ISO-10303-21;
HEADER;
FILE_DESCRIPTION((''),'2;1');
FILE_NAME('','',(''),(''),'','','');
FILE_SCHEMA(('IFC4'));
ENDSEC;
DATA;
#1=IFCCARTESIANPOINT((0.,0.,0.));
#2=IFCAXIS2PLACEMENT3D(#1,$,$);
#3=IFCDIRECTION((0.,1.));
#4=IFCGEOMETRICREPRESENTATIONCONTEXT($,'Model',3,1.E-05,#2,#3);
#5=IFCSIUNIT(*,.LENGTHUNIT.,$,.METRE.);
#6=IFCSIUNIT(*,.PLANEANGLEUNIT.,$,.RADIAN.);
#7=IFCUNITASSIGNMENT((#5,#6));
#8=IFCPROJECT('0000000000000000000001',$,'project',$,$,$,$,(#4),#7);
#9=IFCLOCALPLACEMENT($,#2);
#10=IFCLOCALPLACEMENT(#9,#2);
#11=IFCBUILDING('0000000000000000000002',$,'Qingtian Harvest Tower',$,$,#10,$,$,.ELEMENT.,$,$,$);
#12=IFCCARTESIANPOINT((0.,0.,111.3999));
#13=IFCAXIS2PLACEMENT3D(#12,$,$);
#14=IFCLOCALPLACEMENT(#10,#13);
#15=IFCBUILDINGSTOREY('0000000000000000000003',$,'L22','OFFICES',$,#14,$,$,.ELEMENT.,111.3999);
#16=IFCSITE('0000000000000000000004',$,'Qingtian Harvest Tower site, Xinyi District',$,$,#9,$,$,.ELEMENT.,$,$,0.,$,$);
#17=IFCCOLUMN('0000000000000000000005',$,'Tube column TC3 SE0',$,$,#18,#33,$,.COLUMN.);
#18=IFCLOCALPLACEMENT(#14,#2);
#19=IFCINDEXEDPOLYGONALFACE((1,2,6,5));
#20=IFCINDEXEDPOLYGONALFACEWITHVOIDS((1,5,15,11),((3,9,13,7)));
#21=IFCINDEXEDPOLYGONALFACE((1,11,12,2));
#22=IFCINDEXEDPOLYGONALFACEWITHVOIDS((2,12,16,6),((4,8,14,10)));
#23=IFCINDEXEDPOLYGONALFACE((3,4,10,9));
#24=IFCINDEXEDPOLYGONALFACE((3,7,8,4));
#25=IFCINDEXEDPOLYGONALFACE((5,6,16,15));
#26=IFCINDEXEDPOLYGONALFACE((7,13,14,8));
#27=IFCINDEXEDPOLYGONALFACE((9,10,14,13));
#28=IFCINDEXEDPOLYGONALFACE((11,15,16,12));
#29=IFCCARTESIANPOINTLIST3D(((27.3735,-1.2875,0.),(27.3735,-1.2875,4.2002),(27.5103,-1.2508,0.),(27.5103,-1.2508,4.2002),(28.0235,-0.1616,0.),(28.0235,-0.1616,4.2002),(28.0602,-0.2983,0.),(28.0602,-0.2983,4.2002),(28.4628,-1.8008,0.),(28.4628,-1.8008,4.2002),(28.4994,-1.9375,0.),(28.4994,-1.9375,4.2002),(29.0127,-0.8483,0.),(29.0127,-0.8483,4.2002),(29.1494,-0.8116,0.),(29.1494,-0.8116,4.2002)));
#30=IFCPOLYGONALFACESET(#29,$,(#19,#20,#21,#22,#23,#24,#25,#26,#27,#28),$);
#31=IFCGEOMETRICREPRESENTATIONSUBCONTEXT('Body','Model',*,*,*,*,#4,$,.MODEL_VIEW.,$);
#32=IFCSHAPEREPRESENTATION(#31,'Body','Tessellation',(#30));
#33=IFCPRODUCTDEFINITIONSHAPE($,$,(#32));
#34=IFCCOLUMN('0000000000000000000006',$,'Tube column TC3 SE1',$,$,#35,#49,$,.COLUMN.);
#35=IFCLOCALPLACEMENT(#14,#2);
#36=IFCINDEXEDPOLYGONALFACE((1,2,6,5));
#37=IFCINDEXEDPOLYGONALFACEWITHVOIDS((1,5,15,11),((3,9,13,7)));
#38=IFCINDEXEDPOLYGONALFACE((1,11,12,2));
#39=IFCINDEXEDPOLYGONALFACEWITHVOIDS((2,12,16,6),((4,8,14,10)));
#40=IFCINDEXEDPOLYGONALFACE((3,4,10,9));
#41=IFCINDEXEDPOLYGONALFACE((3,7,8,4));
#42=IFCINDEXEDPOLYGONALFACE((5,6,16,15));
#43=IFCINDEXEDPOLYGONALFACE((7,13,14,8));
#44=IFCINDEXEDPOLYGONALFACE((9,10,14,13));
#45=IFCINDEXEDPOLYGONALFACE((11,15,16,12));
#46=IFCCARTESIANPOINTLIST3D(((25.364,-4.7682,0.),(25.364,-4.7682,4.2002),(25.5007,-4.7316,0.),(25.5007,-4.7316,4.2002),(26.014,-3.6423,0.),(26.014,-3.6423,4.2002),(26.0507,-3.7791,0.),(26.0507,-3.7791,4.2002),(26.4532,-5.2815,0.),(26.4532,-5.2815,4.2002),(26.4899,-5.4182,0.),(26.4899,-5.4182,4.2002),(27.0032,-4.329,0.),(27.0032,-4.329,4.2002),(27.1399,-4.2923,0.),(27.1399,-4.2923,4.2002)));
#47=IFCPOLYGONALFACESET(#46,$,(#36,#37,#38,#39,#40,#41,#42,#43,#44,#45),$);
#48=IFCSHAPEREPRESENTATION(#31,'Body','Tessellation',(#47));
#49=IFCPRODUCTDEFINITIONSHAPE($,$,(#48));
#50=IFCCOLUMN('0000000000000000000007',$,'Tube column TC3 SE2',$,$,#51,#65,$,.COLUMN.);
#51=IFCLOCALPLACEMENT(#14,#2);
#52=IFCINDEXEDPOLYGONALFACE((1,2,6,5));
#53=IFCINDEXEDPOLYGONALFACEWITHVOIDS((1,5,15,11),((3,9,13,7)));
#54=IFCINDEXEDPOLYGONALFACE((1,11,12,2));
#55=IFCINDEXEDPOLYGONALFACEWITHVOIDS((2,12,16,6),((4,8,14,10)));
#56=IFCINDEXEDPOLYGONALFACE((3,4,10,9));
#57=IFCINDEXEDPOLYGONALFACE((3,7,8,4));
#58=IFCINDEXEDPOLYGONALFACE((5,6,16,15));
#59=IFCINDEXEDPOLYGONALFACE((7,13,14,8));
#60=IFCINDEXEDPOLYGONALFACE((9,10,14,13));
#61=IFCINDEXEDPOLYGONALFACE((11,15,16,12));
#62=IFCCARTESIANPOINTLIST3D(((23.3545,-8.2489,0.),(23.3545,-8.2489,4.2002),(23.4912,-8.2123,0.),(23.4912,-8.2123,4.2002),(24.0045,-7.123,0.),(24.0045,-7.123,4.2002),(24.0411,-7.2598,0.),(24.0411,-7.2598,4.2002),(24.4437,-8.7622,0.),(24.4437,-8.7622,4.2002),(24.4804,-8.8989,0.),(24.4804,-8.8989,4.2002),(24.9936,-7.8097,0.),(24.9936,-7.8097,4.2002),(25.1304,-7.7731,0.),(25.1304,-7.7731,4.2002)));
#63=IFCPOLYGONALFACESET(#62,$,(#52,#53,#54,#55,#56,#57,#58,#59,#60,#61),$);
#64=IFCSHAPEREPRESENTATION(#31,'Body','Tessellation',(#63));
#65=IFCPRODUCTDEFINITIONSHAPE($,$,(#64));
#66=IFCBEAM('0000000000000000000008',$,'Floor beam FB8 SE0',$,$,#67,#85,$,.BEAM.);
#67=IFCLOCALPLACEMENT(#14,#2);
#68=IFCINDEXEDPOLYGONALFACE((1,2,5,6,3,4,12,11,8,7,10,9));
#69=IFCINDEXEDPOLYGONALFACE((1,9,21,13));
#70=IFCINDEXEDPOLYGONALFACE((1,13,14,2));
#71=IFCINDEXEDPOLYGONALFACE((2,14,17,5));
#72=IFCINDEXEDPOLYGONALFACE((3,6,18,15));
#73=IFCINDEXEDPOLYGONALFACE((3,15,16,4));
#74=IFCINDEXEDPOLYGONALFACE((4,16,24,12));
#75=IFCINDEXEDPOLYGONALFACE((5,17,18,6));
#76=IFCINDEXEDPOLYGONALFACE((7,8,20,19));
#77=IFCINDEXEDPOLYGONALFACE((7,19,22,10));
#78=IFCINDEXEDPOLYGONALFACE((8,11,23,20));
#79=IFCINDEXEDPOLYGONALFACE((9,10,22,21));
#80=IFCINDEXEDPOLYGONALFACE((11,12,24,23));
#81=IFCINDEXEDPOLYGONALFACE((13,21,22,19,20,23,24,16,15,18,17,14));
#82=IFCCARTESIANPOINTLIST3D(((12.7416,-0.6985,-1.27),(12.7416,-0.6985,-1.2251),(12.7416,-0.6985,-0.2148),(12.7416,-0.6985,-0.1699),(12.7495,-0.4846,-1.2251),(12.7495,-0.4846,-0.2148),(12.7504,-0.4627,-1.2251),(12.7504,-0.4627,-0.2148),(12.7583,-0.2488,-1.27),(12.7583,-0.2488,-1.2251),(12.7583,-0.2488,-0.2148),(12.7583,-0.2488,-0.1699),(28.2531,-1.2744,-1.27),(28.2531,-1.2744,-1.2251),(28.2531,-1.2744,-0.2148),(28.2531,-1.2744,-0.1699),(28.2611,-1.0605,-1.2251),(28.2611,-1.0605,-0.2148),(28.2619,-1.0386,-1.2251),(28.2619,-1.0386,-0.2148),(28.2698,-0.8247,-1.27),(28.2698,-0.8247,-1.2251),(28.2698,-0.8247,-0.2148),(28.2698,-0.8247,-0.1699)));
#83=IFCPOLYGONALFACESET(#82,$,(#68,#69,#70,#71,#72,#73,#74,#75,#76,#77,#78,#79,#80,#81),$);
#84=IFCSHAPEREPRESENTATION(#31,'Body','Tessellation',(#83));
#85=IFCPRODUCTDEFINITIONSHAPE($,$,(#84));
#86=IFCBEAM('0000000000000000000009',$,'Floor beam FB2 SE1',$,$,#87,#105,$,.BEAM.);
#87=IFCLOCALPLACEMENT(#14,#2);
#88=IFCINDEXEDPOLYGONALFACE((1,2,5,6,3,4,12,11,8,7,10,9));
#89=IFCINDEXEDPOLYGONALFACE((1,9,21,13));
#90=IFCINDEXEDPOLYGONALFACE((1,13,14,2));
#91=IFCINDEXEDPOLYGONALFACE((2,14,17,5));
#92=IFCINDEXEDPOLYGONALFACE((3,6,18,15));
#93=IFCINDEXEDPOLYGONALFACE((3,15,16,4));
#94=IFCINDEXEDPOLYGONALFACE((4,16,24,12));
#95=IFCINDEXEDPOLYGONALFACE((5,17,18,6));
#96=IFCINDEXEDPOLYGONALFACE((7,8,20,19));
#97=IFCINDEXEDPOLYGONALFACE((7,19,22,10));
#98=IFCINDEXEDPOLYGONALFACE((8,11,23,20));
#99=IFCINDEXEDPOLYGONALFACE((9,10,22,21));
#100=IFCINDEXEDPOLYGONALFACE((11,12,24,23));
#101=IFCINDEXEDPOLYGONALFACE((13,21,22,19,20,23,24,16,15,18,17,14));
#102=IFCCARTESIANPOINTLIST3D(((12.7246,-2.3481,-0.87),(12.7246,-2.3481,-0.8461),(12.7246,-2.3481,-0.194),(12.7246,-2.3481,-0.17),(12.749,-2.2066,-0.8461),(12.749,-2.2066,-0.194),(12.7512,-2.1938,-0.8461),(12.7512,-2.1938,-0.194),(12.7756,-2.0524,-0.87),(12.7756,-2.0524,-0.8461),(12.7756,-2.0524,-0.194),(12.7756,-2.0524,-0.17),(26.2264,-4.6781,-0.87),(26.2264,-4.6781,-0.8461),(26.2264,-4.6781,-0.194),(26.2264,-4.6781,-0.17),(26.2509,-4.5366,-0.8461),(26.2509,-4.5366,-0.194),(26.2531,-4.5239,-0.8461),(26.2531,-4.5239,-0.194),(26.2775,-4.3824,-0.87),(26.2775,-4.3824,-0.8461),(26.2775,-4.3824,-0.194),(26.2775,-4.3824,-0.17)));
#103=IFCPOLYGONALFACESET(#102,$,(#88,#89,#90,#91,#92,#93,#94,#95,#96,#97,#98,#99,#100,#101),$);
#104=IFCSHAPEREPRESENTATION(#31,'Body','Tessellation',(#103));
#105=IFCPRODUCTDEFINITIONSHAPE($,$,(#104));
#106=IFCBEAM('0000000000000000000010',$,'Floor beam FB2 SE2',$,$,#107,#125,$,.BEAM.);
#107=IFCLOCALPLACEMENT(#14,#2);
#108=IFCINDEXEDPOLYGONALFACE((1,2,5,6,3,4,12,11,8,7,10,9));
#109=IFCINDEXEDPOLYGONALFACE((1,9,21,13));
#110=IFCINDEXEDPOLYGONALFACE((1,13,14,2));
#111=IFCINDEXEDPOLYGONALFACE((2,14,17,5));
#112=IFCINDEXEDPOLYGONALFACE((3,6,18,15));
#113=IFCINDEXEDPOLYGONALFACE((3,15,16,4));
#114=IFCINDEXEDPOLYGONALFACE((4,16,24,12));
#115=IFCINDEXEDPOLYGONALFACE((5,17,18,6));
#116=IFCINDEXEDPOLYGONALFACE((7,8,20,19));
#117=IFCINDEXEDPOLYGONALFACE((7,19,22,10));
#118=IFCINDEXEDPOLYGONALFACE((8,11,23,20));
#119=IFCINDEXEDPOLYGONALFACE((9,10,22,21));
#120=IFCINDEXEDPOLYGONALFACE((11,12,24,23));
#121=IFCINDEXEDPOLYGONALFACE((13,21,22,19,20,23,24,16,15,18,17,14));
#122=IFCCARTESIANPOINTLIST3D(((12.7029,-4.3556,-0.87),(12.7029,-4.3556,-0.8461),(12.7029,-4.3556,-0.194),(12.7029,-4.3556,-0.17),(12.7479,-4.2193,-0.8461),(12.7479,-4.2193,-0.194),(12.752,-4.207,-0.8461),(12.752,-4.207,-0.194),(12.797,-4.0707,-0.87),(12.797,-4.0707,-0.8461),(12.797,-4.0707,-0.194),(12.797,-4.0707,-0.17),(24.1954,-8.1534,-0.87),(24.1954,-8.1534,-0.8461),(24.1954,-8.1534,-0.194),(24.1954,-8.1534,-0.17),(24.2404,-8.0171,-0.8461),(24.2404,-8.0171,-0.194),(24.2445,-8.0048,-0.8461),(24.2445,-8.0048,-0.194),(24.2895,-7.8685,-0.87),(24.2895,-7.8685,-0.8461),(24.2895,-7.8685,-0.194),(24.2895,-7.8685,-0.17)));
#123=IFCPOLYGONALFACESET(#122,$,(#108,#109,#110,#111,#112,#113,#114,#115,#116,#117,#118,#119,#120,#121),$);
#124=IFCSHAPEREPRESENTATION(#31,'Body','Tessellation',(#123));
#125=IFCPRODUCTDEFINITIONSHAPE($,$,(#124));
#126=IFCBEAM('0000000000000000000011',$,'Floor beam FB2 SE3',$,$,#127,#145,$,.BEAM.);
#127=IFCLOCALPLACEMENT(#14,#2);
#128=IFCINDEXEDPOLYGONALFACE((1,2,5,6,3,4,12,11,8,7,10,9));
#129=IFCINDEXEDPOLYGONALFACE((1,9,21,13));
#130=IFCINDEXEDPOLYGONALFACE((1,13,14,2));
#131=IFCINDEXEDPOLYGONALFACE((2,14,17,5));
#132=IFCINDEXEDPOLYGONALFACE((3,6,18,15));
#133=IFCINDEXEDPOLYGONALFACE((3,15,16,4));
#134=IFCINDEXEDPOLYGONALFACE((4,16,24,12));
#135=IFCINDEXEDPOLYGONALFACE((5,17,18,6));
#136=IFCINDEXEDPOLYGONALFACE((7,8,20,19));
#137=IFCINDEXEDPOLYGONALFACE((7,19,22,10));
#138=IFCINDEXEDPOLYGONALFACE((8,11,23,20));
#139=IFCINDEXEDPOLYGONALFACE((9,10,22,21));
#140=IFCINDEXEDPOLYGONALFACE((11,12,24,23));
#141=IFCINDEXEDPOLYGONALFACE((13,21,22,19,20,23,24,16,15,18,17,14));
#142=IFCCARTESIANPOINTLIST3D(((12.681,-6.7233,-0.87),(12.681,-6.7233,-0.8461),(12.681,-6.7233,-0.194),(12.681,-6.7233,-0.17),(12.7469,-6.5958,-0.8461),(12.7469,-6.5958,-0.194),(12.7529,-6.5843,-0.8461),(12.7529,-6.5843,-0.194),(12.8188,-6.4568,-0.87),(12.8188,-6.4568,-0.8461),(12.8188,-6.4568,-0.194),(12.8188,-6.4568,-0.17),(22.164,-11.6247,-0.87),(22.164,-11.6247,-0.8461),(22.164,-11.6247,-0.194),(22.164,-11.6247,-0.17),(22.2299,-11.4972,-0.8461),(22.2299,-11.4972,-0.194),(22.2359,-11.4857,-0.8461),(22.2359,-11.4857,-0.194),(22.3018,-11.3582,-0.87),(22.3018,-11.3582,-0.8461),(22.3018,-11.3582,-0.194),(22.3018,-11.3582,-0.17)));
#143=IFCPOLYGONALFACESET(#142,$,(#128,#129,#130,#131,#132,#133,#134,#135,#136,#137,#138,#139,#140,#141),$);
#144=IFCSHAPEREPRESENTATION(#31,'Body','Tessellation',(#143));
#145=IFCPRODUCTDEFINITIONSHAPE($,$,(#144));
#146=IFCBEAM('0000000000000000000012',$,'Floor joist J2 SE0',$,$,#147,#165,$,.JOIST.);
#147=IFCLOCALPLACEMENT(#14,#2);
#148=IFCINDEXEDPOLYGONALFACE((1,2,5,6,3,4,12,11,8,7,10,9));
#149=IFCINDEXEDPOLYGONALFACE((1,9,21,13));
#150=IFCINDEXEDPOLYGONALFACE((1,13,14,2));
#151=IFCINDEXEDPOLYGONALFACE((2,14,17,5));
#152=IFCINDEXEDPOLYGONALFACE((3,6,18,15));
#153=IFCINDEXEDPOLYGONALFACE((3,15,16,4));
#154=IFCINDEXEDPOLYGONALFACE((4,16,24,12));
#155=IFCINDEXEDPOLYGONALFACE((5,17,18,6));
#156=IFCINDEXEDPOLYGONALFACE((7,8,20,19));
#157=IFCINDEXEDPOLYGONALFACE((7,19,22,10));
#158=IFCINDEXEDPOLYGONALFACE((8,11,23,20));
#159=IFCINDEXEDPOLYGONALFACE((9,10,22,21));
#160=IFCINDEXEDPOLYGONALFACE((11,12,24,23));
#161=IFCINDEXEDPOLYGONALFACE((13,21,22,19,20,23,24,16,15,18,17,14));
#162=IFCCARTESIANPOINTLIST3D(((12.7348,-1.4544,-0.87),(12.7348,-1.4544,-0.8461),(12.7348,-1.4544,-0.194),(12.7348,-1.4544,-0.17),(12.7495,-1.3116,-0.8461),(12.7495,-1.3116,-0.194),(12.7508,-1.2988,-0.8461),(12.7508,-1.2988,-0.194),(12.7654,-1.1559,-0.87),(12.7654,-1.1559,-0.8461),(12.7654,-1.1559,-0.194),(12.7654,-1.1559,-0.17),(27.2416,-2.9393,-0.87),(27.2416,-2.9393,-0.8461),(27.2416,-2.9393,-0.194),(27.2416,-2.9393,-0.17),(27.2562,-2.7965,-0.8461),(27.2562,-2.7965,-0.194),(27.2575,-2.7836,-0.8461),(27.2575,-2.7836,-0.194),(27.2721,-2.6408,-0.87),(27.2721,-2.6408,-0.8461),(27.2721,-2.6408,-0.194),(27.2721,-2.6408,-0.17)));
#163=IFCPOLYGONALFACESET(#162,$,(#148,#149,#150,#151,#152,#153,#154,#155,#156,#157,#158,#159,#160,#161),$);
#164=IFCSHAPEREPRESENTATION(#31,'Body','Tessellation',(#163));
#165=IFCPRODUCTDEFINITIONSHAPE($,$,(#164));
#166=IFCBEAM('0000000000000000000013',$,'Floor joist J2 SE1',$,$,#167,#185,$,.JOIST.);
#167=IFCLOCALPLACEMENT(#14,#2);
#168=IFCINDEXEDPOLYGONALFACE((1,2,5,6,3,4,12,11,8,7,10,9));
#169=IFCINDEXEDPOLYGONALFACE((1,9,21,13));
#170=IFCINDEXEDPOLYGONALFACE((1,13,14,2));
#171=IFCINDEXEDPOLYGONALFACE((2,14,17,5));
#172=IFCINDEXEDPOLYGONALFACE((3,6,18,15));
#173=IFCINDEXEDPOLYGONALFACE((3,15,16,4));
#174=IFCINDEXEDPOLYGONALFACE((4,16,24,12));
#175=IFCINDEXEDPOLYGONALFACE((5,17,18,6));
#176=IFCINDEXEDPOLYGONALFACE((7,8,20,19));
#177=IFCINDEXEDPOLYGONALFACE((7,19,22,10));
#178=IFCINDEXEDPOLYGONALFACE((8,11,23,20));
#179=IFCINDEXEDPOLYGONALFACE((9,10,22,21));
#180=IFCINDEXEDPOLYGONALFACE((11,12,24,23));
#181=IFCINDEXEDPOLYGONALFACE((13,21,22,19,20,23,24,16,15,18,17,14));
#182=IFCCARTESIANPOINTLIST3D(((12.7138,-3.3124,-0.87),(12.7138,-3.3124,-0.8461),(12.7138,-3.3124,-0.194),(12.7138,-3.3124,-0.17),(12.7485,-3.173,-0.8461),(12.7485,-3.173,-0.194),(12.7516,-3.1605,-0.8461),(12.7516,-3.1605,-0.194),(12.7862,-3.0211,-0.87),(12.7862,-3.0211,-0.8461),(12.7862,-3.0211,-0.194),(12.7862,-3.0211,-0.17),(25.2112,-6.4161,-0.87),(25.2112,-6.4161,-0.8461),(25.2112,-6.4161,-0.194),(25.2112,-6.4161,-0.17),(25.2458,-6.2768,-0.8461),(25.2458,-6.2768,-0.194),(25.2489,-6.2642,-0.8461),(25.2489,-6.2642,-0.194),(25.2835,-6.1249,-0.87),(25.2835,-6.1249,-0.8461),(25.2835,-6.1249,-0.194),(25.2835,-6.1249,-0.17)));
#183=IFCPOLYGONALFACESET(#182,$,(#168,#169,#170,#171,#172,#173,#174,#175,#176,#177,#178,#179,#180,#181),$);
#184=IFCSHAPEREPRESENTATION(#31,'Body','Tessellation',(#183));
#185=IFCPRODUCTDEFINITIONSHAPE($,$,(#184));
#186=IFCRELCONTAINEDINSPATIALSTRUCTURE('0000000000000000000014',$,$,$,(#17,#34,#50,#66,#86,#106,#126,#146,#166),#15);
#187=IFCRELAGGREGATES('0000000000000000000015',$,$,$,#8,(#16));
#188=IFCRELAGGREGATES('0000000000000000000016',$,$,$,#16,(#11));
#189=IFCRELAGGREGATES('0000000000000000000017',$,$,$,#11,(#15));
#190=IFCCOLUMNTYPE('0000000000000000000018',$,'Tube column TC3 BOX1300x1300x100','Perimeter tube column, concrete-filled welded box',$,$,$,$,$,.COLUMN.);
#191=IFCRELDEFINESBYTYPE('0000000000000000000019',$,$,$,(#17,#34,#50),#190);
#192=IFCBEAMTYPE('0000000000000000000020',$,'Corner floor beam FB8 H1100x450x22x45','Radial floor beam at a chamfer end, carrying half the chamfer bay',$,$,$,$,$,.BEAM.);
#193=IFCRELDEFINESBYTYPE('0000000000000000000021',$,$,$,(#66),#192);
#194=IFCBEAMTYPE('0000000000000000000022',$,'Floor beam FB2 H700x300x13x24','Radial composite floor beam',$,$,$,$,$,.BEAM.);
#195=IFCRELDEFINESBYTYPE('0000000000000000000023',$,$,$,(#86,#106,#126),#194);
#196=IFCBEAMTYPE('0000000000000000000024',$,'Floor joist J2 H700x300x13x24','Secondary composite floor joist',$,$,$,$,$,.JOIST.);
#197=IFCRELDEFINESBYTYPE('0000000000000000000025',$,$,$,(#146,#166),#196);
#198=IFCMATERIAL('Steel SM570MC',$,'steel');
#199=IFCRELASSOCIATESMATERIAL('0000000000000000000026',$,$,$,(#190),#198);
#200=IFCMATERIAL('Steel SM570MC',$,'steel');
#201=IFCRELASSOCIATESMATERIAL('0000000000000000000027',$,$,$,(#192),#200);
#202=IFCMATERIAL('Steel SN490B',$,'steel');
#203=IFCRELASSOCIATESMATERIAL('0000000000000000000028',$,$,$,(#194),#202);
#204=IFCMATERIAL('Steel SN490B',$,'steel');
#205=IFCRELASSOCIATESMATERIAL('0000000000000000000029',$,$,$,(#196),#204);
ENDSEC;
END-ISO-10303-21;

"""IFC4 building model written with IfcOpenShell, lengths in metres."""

from ifc_helpers import new_model, si_unit, direction, frame, origin, origin_2d, place, context, subcontext, project, spatial, hollow_rectangle, i_section, extrude, material, material_profile, profile_set, type_object, element, save


model = new_model("IFC4")

# Units and contexts
model_context = context("Model", 3, precision=1e-05, world=origin(), true_north=direction((0.0, 1.0)))
body_context = subcontext(model_context, "Body", "Model", "MODEL_VIEW")
ifc_project = project(units=[si_unit("LENGTHUNIT", "METRE"), si_unit("PLANEANGLEUNIT", "RADIAN")], contexts=[model_context])

# Site, building, storey
site_placement = place(None, origin())
site = spatial("IfcSite", under=ifc_project, at=site_placement, Name="Qingtian Harvest Tower site, Xinyi District", CompositionType="ELEMENT", RefElevation=0.0)
building_placement = place(site_placement, origin())
building = spatial("IfcBuilding", under=site, at=building_placement, Name="Qingtian Harvest Tower", CompositionType="ELEMENT")
storey_placement = place(building_placement, frame((0.0, 0.0, 111.3999)))
storey = spatial("IfcBuildingStorey", under=building, at=storey_placement, Name="L22", Description="OFFICES", CompositionType="ELEMENT", Elevation=111.3999)

# Columns
ifc_material_1 = material(Name="Steel SM570MC", Category="steel")
ifc_material_profile_1 = material_profile(ifc_material_1, hollow_rectangle(XDim=1.3, YDim=1.3, WallThickness=0.1001, at=origin_2d()), Name="BOX1300x1300x100")
ifc_profile_set_1 = profile_set([ifc_material_profile_1], Name="Steel SM570MC")
column_type = type_object("IfcColumnType", Name="Tube column TC3 BOX1300x1300x100", Description="Perimeter tube column, concrete-filled welded box", PredefinedType="COLUMN", material=ifc_profile_set_1)
for number, where, z_axis, x_axis, name in (
    (1, (28.2615, -1.0496, 0.0), (0.0, 0.0, 1.0), (0.5, 0.866025, 0.0), "Tube column TC3 SE0"),
    (2, (26.252, -4.5303, 0.0), (0.0, 0.0, 1.0), (0.5, 0.866025, 0.0), "Tube column TC3 SE1"),
    (3, (24.2424, -8.011, 0.0), (0.0, 0.0, 1.0), (0.5, 0.866025, 0.0), "Tube column TC3 SE2"),
):
    element("IfcColumn", number, at=place(storey_placement, frame(where, z_axis=z_axis, x_axis=x_axis)), inside=storey, type_object=column_type, Name=name, PredefinedType="COLUMN", context=body_context, shape_type="SweptSolid", body=[
        extrude(hollow_rectangle(XDim=1.3, YDim=1.3, WallThickness=0.1001, at=origin_2d()), origin(), (0.0, 0.0, 1.0), 4.2002),
    ])

# Beams
ifc_material_2 = material(Name="Steel SM570MC", Category="steel")
ifc_material_profile_2 = material_profile(ifc_material_2, i_section(OverallWidth=0.45, OverallDepth=1.1001, WebThickness=0.022, FlangeThickness=0.0449, at=origin_2d()), Name="H1100x450x22x45")
ifc_profile_set_2 = profile_set([ifc_material_profile_2], Name="Steel SM570MC")
beam_type_1 = type_object("IfcBeamType", Name="Corner floor beam FB8 H1100x450x22x45", Description="Radial floor beam at a chamfer end, carrying half the chamfer bay", PredefinedType="BEAM", material=ifc_profile_set_2)
beam_1_placement = place(storey_placement, frame((28.2615, -1.0496, -0.72), z_axis=(-0.999311, 0.037104, 0.0), x_axis=(-0.037104, -0.999311, 0.0)))
element("IfcBeam", 4, at=beam_1_placement, inside=storey, type_object=beam_type_1, Name="Floor beam FB8 SE0", PredefinedType="BEAM", context=body_context, shape_type="SweptSolid", body=[
    extrude(i_section(OverallWidth=0.45, OverallDepth=1.1001, WebThickness=0.022, FlangeThickness=0.0449, at=origin_2d()), origin(), (0.0, 0.0, 1.0), 15.5222),
])
ifc_material_3 = material(Name="Steel SN490B", Category="steel")
ifc_material_profile_3 = material_profile(ifc_material_3, i_section(OverallWidth=0.3, OverallDepth=0.7, WebThickness=0.0129, FlangeThickness=0.0239, at=origin_2d()), Name="H700x300x13x24")
ifc_profile_set_3 = profile_set([ifc_material_profile_3], Name="Steel SN490B")
beam_type_2 = type_object("IfcBeamType", Name="Floor beam FB2 H700x300x13x24", Description="Radial composite floor beam", PredefinedType="BEAM", material=ifc_profile_set_3)
beam_2_placement = place(storey_placement, frame((26.252, -4.5303, -0.52), z_axis=(-0.985434, 0.17006, 0.0), x_axis=(-0.17006, -0.985434, 0.0)))
element("IfcBeam", 5, at=beam_2_placement, inside=storey, type_object=beam_type_2, Name="Floor beam FB2 SE1", PredefinedType="BEAM", context=body_context, shape_type="SweptSolid", body=[
    extrude(i_section(OverallWidth=0.3, OverallDepth=0.7, WebThickness=0.0129, FlangeThickness=0.0239, at=origin_2d()), origin(), (0.0, 0.0, 1.0), 13.7014),
])
beam_3_placement = place(storey_placement, frame((24.2424, -8.011, -0.52), z_axis=(-0.949497, 0.313776, 0.0), x_axis=(-0.313776, -0.949497, 0.0)))
element("IfcBeam", 6, at=beam_3_placement, inside=storey, type_object=beam_type_2, Name="Floor beam FB2 SE2", PredefinedType="BEAM", context=body_context, shape_type="SweptSolid", body=[
    extrude(i_section(OverallWidth=0.3, OverallDepth=0.7, WebThickness=0.0129, FlangeThickness=0.0239, at=origin_2d()), origin(), (0.0, 0.0, 1.0), 12.1038),
])
beam_4_placement = place(storey_placement, frame((22.2329, -11.4915, -0.52), z_axis=(-0.888355, 0.459158, 0.0), x_axis=(-0.459158, -0.888355, 0.0)))
element("IfcBeam", 7, at=beam_4_placement, inside=storey, type_object=beam_type_2, Name="Floor beam FB2 SE3", PredefinedType="BEAM", context=body_context, shape_type="SweptSolid", body=[
    extrude(i_section(OverallWidth=0.3, OverallDepth=0.7, WebThickness=0.0129, FlangeThickness=0.0239, at=origin_2d()), origin(), (0.0, 0.0, 1.0), 10.6748),
])
ifc_material_4 = material(Name="Steel SN490B", Category="steel")
ifc_material_profile_4 = material_profile(ifc_material_4, i_section(OverallWidth=0.3, OverallDepth=0.7, WebThickness=0.0129, FlangeThickness=0.0239, at=origin_2d()), Name="H700x300x13x24")
ifc_profile_set_4 = profile_set([ifc_material_profile_4], Name="Steel SN490B")
beam_type_3 = type_object("IfcBeamType", Name="Floor joist J2 H700x300x13x24", Description="Secondary composite floor joist", PredefinedType="JOIST", material=ifc_profile_set_4)
beam_5_placement = place(storey_placement, frame((27.2568, -2.79, -0.52), z_axis=(-0.994802, 0.101824, 0.0), x_axis=(-0.101824, -0.994802, 0.0)))
element("IfcBeam", 8, at=beam_5_placement, inside=storey, type_object=beam_type_3, Name="Floor joist J2 SE0", PredefinedType="JOIST", context=body_context, shape_type="SweptSolid", body=[
    extrude(i_section(OverallWidth=0.3, OverallDepth=0.7, WebThickness=0.0129, FlangeThickness=0.0239, at=origin_2d()), origin(), (0.0, 0.0, 1.0), 14.5825),
])
beam_6_placement = place(storey_placement, frame((25.2473, -6.2705, -0.52), z_axis=(-0.970517, 0.241032, 0.0), x_axis=(-0.241032, -0.970517, 0.0)))
element("IfcBeam", 9, at=beam_6_placement, inside=storey, type_object=beam_type_3, Name="Floor joist J2 SE1", PredefinedType="JOIST", context=body_context, shape_type="SweptSolid", body=[
    extrude(i_section(OverallWidth=0.3, OverallDepth=0.7, WebThickness=0.0129, FlangeThickness=0.0239, at=origin_2d()), origin(), (0.0, 0.0, 1.0), 12.877),
])

save(model, "model.ifc")
